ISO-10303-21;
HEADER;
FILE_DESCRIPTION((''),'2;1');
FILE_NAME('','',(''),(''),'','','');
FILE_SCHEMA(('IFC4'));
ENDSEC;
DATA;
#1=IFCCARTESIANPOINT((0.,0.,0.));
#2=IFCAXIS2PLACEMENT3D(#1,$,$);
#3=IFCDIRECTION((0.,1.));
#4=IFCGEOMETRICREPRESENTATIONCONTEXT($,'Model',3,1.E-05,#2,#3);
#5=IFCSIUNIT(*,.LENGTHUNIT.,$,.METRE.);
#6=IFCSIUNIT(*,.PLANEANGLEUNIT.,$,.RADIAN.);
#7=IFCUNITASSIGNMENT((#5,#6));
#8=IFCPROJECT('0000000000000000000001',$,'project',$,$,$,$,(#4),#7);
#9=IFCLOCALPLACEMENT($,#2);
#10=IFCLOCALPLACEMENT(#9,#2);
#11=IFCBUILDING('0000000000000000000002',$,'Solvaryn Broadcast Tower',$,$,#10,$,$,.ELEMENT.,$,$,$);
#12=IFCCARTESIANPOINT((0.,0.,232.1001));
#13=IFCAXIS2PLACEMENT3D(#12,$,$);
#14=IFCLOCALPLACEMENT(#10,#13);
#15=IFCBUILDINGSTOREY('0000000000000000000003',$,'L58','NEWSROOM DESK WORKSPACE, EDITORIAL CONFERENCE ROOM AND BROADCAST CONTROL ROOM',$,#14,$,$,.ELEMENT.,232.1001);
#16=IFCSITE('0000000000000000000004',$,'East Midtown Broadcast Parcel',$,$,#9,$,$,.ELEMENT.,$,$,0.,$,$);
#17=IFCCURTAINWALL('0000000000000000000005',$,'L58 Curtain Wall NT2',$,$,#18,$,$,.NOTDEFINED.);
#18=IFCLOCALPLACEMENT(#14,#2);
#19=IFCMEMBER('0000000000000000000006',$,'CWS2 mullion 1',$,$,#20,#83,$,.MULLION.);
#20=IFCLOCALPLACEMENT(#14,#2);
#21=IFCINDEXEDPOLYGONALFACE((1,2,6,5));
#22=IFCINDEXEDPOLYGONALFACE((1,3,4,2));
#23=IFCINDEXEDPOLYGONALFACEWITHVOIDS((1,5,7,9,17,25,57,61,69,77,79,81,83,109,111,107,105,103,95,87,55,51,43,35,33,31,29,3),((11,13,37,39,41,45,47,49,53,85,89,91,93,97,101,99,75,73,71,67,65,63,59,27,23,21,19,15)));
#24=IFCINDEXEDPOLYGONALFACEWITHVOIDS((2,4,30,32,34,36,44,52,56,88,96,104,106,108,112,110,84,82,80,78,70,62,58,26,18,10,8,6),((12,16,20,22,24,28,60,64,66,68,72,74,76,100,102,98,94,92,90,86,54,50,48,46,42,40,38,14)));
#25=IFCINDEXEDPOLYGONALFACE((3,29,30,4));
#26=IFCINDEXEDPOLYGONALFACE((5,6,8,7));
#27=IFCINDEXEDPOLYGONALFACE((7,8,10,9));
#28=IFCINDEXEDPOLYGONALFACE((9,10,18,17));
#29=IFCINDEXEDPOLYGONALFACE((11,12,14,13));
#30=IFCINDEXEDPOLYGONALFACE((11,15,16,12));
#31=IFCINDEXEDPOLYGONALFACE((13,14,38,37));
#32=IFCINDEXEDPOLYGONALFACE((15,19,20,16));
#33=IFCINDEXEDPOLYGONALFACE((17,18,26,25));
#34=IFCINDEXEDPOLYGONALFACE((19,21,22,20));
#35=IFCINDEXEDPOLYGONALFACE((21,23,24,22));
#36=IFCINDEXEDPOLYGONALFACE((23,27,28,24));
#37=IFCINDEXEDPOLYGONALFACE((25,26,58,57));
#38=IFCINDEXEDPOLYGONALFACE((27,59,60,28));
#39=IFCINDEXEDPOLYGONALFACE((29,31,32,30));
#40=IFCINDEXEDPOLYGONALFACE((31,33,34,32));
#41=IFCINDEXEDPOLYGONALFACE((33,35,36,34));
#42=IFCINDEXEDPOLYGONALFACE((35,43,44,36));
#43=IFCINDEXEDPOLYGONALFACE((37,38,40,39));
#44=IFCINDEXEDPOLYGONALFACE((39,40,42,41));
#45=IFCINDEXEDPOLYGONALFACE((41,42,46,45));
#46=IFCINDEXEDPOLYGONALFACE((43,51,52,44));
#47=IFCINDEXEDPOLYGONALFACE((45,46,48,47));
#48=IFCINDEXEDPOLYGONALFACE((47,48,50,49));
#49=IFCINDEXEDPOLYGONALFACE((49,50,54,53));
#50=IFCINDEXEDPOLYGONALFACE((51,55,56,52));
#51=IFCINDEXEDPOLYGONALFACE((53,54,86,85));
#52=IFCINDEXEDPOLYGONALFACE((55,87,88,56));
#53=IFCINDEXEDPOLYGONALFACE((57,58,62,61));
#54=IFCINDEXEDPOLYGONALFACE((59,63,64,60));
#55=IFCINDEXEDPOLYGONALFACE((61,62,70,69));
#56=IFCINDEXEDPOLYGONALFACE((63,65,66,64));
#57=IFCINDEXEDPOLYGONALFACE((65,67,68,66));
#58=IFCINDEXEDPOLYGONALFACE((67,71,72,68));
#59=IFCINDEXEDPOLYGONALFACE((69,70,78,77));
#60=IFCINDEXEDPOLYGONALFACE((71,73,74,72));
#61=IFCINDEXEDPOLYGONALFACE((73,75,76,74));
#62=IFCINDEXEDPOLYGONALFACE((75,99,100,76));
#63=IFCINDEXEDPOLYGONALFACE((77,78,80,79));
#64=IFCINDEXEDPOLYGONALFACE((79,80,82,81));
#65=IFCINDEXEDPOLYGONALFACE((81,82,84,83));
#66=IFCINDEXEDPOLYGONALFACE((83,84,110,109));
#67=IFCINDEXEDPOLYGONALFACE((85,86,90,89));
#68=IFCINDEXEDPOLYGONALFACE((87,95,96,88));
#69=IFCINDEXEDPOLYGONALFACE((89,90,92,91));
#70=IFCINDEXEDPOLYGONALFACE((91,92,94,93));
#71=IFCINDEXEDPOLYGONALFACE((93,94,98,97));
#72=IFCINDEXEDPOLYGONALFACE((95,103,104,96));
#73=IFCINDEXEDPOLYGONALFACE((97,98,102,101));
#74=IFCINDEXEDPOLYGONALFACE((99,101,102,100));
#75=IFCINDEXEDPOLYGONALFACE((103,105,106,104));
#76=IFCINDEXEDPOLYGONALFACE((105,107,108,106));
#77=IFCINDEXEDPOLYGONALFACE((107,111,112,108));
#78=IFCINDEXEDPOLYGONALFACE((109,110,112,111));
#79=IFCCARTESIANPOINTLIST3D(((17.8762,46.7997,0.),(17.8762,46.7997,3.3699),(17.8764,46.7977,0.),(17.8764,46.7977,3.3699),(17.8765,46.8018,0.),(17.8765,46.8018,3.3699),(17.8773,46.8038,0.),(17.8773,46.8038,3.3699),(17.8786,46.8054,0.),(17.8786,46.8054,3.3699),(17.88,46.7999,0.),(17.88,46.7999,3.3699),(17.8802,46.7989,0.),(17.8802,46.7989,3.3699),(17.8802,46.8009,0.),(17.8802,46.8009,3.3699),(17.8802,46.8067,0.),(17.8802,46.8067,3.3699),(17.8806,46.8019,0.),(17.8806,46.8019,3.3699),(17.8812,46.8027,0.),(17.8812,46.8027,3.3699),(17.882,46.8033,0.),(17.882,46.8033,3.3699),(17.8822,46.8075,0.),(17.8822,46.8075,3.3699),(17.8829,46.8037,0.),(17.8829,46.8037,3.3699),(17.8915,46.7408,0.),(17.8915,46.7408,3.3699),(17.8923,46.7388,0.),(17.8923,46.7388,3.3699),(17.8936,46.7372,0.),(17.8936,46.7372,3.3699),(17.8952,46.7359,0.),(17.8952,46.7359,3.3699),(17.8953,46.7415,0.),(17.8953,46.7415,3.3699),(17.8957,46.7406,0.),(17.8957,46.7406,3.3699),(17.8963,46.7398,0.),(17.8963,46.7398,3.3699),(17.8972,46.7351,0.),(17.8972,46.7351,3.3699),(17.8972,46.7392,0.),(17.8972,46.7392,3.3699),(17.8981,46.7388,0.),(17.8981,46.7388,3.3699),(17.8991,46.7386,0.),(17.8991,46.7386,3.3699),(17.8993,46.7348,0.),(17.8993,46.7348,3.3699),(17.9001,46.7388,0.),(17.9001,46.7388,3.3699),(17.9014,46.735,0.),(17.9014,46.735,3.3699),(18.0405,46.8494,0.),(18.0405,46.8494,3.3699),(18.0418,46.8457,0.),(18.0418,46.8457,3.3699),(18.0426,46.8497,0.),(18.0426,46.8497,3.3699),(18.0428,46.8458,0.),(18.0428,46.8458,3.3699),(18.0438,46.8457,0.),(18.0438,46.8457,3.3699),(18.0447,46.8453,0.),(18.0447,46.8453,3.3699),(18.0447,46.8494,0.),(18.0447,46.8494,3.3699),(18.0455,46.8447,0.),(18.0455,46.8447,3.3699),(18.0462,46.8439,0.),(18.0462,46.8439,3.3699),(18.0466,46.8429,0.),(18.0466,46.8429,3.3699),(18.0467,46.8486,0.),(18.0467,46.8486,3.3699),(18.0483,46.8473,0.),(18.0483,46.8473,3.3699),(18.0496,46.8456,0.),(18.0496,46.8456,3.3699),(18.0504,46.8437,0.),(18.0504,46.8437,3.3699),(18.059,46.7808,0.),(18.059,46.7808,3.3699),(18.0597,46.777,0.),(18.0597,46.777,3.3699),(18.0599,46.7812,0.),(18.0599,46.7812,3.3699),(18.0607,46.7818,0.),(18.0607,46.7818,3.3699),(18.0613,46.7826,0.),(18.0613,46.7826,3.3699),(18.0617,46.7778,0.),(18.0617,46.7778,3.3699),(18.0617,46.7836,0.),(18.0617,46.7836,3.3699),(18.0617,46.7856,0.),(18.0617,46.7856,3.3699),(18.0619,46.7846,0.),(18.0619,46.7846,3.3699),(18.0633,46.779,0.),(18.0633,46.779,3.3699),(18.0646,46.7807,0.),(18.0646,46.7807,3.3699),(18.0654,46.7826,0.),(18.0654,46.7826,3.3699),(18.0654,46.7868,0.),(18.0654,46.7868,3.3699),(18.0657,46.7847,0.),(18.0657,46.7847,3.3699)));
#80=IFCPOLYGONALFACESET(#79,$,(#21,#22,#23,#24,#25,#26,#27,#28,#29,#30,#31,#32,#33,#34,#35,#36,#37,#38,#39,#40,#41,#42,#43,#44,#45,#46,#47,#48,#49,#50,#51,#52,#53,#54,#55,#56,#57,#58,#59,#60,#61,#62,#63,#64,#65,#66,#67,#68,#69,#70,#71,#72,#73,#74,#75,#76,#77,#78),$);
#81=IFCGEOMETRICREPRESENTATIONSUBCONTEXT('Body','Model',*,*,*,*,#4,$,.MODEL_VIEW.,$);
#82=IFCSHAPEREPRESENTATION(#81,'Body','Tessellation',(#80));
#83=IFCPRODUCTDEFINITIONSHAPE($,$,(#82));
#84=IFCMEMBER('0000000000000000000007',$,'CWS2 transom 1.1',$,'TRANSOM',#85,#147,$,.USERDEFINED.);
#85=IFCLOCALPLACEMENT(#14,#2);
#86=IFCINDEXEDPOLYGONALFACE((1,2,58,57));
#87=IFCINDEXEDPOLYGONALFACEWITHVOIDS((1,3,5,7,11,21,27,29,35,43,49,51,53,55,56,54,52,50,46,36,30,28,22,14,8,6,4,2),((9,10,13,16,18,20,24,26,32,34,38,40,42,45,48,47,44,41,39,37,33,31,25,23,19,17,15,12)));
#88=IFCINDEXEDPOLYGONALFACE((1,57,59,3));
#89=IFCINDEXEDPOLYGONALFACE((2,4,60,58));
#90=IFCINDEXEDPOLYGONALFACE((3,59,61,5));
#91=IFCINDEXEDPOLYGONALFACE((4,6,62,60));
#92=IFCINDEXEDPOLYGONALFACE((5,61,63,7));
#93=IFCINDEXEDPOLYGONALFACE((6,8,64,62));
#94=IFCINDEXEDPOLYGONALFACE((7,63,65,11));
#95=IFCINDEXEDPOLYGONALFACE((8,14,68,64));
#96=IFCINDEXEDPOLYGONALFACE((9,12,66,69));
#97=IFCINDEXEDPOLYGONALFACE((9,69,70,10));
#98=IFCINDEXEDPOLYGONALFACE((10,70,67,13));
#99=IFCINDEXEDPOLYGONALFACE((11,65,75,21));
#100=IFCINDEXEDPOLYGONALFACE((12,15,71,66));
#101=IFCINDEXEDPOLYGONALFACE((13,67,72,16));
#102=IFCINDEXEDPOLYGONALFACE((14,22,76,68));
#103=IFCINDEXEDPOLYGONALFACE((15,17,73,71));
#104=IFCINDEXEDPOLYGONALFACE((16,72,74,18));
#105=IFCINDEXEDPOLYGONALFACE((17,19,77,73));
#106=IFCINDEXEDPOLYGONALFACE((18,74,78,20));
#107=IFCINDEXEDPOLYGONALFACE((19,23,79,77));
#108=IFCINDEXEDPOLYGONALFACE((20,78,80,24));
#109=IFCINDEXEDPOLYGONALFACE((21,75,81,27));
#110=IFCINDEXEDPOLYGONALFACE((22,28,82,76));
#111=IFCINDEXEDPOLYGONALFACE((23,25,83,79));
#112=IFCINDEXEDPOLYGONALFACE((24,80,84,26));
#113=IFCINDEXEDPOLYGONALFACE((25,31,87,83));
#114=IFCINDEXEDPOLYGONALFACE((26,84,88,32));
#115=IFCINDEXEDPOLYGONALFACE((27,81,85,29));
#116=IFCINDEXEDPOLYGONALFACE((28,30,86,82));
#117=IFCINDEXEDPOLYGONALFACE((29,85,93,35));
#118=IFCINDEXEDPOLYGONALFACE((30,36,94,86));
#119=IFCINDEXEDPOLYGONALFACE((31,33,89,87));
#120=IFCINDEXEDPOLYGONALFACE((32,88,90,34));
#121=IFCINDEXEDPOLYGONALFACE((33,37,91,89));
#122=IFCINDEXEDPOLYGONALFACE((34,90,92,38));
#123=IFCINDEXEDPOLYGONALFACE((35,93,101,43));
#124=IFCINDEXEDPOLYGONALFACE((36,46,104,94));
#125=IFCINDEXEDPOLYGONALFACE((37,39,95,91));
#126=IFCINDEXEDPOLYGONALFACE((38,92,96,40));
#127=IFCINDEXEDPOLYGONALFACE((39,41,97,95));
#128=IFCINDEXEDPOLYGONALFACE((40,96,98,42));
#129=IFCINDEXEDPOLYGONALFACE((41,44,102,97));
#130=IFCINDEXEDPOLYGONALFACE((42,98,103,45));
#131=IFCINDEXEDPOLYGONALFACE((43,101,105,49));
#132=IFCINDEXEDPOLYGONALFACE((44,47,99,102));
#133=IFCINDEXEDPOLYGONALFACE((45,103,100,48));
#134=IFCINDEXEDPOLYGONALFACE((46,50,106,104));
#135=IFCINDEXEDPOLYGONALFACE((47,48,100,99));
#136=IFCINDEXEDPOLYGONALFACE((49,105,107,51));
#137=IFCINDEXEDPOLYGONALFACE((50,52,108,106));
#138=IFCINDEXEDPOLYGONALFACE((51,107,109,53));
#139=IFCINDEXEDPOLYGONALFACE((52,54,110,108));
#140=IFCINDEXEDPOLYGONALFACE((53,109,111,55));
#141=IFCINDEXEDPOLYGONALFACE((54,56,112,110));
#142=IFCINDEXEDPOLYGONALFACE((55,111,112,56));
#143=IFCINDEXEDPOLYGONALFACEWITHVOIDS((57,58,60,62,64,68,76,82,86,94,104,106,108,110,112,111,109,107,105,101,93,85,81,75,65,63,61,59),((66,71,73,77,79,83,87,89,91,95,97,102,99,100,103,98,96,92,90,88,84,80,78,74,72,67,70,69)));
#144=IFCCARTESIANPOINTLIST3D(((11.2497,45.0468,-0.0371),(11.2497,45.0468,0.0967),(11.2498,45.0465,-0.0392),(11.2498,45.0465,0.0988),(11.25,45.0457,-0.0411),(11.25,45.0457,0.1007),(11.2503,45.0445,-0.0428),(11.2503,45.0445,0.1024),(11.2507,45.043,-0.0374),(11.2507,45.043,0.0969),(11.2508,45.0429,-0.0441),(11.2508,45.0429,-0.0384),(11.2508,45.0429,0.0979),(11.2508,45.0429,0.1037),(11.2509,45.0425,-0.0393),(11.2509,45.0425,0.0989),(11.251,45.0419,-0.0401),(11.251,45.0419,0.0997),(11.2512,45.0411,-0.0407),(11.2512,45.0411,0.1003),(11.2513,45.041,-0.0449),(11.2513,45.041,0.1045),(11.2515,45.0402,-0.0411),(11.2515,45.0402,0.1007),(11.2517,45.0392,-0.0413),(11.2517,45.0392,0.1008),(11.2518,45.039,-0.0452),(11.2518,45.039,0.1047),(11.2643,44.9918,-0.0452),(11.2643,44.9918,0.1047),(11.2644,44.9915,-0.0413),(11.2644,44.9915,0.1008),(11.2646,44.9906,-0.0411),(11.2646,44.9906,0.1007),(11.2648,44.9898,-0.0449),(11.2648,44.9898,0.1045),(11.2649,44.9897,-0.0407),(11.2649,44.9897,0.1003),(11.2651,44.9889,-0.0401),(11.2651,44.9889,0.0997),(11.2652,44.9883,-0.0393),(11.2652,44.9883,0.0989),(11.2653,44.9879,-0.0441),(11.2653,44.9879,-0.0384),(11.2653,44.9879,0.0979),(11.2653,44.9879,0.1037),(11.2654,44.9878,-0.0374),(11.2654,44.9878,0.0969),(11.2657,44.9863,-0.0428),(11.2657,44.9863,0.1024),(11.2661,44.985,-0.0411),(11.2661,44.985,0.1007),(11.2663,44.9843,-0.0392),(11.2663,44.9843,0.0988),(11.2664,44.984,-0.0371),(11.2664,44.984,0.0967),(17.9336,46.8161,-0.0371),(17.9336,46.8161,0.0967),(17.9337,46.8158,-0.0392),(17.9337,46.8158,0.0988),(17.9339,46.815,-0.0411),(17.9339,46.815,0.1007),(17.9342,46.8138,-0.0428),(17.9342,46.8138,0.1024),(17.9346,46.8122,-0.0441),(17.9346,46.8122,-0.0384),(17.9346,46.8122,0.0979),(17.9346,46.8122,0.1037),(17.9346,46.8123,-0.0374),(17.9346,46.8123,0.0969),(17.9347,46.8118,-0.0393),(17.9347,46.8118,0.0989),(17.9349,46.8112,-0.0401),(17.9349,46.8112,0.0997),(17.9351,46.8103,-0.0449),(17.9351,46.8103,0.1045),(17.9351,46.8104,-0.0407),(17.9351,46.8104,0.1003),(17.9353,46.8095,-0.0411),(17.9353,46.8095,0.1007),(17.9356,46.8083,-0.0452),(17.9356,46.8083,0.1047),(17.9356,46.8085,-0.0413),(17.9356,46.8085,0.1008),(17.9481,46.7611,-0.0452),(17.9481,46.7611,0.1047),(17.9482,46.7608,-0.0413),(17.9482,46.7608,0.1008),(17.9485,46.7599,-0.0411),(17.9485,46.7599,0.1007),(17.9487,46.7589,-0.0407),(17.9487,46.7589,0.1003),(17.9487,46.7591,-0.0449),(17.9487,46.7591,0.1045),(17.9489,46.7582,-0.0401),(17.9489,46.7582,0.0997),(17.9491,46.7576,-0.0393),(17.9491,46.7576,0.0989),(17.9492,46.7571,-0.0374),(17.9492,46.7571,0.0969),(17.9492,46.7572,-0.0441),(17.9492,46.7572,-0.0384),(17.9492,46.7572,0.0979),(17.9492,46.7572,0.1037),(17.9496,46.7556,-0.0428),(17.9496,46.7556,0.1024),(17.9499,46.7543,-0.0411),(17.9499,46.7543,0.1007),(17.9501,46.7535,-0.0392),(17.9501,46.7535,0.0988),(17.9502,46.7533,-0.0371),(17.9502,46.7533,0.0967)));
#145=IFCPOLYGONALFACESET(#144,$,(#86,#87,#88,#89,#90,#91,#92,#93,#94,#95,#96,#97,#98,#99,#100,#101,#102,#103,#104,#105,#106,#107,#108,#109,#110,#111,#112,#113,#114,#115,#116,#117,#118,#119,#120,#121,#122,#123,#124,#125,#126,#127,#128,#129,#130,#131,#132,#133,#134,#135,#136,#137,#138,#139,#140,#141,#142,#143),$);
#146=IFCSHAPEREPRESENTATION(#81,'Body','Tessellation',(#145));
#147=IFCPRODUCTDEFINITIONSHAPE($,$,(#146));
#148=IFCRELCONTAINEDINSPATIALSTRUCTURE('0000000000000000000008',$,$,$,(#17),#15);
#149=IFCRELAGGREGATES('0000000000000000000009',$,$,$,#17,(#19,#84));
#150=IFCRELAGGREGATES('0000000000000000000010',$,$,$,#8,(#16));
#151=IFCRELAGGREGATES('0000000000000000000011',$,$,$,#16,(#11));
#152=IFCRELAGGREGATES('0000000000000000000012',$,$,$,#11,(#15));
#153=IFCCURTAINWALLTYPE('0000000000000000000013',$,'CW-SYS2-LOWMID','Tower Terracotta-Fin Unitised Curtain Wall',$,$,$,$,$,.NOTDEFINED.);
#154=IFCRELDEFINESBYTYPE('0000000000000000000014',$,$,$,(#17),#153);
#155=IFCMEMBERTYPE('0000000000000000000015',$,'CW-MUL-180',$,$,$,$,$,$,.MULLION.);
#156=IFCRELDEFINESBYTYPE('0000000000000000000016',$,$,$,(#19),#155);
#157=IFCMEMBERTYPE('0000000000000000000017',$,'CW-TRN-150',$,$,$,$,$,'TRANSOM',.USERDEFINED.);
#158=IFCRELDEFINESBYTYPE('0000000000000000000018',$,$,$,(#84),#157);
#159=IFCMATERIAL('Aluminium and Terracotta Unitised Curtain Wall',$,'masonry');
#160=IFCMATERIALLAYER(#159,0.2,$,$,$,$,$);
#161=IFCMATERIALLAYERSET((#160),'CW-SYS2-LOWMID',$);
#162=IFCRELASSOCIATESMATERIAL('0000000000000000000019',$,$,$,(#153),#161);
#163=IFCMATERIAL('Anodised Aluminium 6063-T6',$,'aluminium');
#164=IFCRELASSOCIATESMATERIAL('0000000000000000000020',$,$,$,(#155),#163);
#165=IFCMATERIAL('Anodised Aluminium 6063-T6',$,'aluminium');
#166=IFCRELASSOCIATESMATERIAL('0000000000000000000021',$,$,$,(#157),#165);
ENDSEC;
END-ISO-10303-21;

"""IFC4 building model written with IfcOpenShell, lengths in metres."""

from ifc_helpers import new_model, si_unit, direction, frame, origin, origin_2d, place, context, subcontext, project, spatial, hollow_rectangle, extrude, material, layer, layer_set, material_profile, profile_set, type_object, element, aggregate, save


model = new_model("IFC4")

# Units and contexts
model_context = context("Model", 3, precision=1e-05, world=origin(), true_north=direction((0.0, 1.0)))
body_context = subcontext(model_context, "Body", "Model", "MODEL_VIEW")
ifc_project = project(units=[si_unit("LENGTHUNIT", "METRE"), si_unit("PLANEANGLEUNIT", "RADIAN")], contexts=[model_context])

# Site, building, storey
site_placement = place(None, origin())
site = spatial("IfcSite", under=ifc_project, at=site_placement, Name="East Midtown Broadcast Parcel", CompositionType="ELEMENT", RefElevation=0.0)
building_placement = place(site_placement, origin())
building = spatial("IfcBuilding", under=site, at=building_placement, Name="Solvaryn Broadcast Tower", CompositionType="ELEMENT")
storey_placement = place(building_placement, frame((0.0, 0.0, 232.1001)))
storey = spatial("IfcBuildingStorey", under=building, at=storey_placement, Name="L58", Description="NEWSROOM DESK WORKSPACE, EDITORIAL CONFERENCE ROOM AND BROADCAST CONTROL ROOM", CompositionType="ELEMENT", Elevation=232.1001)

# Shared definitions
ifc_material_1 = material(Name="Aluminium and Terracotta Unitised Curtain Wall", Category="masonry")
ifc_layer_1 = layer(ifc_material_1, 0.2)
ifc_layer_set_1 = layer_set([ifc_layer_1], Name="CW-SYS2-LOWMID")
curtain_wall_type = type_object("IfcCurtainWallType", Name="CW-SYS2-LOWMID", Description="Tower Terracotta-Fin Unitised Curtain Wall", PredefinedType="NOTDEFINED", material=ifc_layer_set_1)
ifc_material_2 = material(Name="Anodised Aluminium 6063-T6", Category="aluminium")
ifc_material_profile_1 = material_profile(ifc_material_2, hollow_rectangle(XDim=0.075, YDim=0.1799, WallThickness=0.0039, InnerFilletRadius=0.0039, OuterFilletRadius=0.0081, at=origin_2d()))
ifc_profile_set_1 = profile_set([ifc_material_profile_1], Name="Anodised Aluminium 6063-T6")
member_type_1 = type_object("IfcMemberType", Name="CW-MUL-180", PredefinedType="MULLION", material=ifc_profile_set_1)

# Curtain wall, members
curtain_wall_1_placement = place(storey_placement, origin())
curtain_wall_1 = element("IfcCurtainWall", 1, at=curtain_wall_1_placement, inside=storey, type_object=curtain_wall_type, Name="L58 Curtain Wall NT2", PredefinedType="NOTDEFINED")
member_1_placement = place(storey_placement, frame((17.9709, 46.7922, 0.0), z_axis=(0.0, 0.0, 1.0), x_axis=(0.255893, -0.966705, 0.0)))
member_1 = element("IfcMember", 2, at=member_1_placement, type_object=member_type_1, Name="CWS2 mullion 1", PredefinedType="MULLION", context=body_context, shape_type="SweptSolid", body=[
    extrude(hollow_rectangle(XDim=0.075, YDim=0.1799, WallThickness=0.0039, InnerFilletRadius=0.0039, OuterFilletRadius=0.0081, at=origin_2d()), origin(), (0.0, 0.0, 1.0), 3.3699),
])
ifc_material_3 = material(Name="Anodised Aluminium 6063-T6", Category="aluminium")
ifc_material_profile_2 = material_profile(ifc_material_3, hollow_rectangle(XDim=0.0649, YDim=0.1499, WallThickness=0.0039, InnerFilletRadius=0.0039, OuterFilletRadius=0.0081, at=origin_2d()))
ifc_profile_set_2 = profile_set([ifc_material_profile_2], Name="Anodised Aluminium 6063-T6")
member_type_2 = type_object("IfcMemberType", Name="CW-TRN-150", ElementType="TRANSOM", PredefinedType="USERDEFINED", material=ifc_profile_set_2)
member_2_placement = place(storey_placement, frame((17.9419, 46.7847, 0.0298), z_axis=(-0.966704, -0.255897, 0.0), x_axis=(0.255897, -0.966704, 0.0)))
member_2 = element("IfcMember", 3, at=member_2_placement, type_object=member_type_2, Name="CWS2 transom 1.1", ObjectType="TRANSOM", PredefinedType="USERDEFINED", context=body_context, shape_type="SweptSolid", body=[
    extrude(hollow_rectangle(XDim=0.0649, YDim=0.1499, WallThickness=0.0039, InnerFilletRadius=0.0039, OuterFilletRadius=0.0081, at=origin_2d()), origin(), (0.0, 0.0, 1.0), 6.9141),
])
aggregate(curtain_wall_1, [member_1, member_2])

save(model, "model.ifc")
